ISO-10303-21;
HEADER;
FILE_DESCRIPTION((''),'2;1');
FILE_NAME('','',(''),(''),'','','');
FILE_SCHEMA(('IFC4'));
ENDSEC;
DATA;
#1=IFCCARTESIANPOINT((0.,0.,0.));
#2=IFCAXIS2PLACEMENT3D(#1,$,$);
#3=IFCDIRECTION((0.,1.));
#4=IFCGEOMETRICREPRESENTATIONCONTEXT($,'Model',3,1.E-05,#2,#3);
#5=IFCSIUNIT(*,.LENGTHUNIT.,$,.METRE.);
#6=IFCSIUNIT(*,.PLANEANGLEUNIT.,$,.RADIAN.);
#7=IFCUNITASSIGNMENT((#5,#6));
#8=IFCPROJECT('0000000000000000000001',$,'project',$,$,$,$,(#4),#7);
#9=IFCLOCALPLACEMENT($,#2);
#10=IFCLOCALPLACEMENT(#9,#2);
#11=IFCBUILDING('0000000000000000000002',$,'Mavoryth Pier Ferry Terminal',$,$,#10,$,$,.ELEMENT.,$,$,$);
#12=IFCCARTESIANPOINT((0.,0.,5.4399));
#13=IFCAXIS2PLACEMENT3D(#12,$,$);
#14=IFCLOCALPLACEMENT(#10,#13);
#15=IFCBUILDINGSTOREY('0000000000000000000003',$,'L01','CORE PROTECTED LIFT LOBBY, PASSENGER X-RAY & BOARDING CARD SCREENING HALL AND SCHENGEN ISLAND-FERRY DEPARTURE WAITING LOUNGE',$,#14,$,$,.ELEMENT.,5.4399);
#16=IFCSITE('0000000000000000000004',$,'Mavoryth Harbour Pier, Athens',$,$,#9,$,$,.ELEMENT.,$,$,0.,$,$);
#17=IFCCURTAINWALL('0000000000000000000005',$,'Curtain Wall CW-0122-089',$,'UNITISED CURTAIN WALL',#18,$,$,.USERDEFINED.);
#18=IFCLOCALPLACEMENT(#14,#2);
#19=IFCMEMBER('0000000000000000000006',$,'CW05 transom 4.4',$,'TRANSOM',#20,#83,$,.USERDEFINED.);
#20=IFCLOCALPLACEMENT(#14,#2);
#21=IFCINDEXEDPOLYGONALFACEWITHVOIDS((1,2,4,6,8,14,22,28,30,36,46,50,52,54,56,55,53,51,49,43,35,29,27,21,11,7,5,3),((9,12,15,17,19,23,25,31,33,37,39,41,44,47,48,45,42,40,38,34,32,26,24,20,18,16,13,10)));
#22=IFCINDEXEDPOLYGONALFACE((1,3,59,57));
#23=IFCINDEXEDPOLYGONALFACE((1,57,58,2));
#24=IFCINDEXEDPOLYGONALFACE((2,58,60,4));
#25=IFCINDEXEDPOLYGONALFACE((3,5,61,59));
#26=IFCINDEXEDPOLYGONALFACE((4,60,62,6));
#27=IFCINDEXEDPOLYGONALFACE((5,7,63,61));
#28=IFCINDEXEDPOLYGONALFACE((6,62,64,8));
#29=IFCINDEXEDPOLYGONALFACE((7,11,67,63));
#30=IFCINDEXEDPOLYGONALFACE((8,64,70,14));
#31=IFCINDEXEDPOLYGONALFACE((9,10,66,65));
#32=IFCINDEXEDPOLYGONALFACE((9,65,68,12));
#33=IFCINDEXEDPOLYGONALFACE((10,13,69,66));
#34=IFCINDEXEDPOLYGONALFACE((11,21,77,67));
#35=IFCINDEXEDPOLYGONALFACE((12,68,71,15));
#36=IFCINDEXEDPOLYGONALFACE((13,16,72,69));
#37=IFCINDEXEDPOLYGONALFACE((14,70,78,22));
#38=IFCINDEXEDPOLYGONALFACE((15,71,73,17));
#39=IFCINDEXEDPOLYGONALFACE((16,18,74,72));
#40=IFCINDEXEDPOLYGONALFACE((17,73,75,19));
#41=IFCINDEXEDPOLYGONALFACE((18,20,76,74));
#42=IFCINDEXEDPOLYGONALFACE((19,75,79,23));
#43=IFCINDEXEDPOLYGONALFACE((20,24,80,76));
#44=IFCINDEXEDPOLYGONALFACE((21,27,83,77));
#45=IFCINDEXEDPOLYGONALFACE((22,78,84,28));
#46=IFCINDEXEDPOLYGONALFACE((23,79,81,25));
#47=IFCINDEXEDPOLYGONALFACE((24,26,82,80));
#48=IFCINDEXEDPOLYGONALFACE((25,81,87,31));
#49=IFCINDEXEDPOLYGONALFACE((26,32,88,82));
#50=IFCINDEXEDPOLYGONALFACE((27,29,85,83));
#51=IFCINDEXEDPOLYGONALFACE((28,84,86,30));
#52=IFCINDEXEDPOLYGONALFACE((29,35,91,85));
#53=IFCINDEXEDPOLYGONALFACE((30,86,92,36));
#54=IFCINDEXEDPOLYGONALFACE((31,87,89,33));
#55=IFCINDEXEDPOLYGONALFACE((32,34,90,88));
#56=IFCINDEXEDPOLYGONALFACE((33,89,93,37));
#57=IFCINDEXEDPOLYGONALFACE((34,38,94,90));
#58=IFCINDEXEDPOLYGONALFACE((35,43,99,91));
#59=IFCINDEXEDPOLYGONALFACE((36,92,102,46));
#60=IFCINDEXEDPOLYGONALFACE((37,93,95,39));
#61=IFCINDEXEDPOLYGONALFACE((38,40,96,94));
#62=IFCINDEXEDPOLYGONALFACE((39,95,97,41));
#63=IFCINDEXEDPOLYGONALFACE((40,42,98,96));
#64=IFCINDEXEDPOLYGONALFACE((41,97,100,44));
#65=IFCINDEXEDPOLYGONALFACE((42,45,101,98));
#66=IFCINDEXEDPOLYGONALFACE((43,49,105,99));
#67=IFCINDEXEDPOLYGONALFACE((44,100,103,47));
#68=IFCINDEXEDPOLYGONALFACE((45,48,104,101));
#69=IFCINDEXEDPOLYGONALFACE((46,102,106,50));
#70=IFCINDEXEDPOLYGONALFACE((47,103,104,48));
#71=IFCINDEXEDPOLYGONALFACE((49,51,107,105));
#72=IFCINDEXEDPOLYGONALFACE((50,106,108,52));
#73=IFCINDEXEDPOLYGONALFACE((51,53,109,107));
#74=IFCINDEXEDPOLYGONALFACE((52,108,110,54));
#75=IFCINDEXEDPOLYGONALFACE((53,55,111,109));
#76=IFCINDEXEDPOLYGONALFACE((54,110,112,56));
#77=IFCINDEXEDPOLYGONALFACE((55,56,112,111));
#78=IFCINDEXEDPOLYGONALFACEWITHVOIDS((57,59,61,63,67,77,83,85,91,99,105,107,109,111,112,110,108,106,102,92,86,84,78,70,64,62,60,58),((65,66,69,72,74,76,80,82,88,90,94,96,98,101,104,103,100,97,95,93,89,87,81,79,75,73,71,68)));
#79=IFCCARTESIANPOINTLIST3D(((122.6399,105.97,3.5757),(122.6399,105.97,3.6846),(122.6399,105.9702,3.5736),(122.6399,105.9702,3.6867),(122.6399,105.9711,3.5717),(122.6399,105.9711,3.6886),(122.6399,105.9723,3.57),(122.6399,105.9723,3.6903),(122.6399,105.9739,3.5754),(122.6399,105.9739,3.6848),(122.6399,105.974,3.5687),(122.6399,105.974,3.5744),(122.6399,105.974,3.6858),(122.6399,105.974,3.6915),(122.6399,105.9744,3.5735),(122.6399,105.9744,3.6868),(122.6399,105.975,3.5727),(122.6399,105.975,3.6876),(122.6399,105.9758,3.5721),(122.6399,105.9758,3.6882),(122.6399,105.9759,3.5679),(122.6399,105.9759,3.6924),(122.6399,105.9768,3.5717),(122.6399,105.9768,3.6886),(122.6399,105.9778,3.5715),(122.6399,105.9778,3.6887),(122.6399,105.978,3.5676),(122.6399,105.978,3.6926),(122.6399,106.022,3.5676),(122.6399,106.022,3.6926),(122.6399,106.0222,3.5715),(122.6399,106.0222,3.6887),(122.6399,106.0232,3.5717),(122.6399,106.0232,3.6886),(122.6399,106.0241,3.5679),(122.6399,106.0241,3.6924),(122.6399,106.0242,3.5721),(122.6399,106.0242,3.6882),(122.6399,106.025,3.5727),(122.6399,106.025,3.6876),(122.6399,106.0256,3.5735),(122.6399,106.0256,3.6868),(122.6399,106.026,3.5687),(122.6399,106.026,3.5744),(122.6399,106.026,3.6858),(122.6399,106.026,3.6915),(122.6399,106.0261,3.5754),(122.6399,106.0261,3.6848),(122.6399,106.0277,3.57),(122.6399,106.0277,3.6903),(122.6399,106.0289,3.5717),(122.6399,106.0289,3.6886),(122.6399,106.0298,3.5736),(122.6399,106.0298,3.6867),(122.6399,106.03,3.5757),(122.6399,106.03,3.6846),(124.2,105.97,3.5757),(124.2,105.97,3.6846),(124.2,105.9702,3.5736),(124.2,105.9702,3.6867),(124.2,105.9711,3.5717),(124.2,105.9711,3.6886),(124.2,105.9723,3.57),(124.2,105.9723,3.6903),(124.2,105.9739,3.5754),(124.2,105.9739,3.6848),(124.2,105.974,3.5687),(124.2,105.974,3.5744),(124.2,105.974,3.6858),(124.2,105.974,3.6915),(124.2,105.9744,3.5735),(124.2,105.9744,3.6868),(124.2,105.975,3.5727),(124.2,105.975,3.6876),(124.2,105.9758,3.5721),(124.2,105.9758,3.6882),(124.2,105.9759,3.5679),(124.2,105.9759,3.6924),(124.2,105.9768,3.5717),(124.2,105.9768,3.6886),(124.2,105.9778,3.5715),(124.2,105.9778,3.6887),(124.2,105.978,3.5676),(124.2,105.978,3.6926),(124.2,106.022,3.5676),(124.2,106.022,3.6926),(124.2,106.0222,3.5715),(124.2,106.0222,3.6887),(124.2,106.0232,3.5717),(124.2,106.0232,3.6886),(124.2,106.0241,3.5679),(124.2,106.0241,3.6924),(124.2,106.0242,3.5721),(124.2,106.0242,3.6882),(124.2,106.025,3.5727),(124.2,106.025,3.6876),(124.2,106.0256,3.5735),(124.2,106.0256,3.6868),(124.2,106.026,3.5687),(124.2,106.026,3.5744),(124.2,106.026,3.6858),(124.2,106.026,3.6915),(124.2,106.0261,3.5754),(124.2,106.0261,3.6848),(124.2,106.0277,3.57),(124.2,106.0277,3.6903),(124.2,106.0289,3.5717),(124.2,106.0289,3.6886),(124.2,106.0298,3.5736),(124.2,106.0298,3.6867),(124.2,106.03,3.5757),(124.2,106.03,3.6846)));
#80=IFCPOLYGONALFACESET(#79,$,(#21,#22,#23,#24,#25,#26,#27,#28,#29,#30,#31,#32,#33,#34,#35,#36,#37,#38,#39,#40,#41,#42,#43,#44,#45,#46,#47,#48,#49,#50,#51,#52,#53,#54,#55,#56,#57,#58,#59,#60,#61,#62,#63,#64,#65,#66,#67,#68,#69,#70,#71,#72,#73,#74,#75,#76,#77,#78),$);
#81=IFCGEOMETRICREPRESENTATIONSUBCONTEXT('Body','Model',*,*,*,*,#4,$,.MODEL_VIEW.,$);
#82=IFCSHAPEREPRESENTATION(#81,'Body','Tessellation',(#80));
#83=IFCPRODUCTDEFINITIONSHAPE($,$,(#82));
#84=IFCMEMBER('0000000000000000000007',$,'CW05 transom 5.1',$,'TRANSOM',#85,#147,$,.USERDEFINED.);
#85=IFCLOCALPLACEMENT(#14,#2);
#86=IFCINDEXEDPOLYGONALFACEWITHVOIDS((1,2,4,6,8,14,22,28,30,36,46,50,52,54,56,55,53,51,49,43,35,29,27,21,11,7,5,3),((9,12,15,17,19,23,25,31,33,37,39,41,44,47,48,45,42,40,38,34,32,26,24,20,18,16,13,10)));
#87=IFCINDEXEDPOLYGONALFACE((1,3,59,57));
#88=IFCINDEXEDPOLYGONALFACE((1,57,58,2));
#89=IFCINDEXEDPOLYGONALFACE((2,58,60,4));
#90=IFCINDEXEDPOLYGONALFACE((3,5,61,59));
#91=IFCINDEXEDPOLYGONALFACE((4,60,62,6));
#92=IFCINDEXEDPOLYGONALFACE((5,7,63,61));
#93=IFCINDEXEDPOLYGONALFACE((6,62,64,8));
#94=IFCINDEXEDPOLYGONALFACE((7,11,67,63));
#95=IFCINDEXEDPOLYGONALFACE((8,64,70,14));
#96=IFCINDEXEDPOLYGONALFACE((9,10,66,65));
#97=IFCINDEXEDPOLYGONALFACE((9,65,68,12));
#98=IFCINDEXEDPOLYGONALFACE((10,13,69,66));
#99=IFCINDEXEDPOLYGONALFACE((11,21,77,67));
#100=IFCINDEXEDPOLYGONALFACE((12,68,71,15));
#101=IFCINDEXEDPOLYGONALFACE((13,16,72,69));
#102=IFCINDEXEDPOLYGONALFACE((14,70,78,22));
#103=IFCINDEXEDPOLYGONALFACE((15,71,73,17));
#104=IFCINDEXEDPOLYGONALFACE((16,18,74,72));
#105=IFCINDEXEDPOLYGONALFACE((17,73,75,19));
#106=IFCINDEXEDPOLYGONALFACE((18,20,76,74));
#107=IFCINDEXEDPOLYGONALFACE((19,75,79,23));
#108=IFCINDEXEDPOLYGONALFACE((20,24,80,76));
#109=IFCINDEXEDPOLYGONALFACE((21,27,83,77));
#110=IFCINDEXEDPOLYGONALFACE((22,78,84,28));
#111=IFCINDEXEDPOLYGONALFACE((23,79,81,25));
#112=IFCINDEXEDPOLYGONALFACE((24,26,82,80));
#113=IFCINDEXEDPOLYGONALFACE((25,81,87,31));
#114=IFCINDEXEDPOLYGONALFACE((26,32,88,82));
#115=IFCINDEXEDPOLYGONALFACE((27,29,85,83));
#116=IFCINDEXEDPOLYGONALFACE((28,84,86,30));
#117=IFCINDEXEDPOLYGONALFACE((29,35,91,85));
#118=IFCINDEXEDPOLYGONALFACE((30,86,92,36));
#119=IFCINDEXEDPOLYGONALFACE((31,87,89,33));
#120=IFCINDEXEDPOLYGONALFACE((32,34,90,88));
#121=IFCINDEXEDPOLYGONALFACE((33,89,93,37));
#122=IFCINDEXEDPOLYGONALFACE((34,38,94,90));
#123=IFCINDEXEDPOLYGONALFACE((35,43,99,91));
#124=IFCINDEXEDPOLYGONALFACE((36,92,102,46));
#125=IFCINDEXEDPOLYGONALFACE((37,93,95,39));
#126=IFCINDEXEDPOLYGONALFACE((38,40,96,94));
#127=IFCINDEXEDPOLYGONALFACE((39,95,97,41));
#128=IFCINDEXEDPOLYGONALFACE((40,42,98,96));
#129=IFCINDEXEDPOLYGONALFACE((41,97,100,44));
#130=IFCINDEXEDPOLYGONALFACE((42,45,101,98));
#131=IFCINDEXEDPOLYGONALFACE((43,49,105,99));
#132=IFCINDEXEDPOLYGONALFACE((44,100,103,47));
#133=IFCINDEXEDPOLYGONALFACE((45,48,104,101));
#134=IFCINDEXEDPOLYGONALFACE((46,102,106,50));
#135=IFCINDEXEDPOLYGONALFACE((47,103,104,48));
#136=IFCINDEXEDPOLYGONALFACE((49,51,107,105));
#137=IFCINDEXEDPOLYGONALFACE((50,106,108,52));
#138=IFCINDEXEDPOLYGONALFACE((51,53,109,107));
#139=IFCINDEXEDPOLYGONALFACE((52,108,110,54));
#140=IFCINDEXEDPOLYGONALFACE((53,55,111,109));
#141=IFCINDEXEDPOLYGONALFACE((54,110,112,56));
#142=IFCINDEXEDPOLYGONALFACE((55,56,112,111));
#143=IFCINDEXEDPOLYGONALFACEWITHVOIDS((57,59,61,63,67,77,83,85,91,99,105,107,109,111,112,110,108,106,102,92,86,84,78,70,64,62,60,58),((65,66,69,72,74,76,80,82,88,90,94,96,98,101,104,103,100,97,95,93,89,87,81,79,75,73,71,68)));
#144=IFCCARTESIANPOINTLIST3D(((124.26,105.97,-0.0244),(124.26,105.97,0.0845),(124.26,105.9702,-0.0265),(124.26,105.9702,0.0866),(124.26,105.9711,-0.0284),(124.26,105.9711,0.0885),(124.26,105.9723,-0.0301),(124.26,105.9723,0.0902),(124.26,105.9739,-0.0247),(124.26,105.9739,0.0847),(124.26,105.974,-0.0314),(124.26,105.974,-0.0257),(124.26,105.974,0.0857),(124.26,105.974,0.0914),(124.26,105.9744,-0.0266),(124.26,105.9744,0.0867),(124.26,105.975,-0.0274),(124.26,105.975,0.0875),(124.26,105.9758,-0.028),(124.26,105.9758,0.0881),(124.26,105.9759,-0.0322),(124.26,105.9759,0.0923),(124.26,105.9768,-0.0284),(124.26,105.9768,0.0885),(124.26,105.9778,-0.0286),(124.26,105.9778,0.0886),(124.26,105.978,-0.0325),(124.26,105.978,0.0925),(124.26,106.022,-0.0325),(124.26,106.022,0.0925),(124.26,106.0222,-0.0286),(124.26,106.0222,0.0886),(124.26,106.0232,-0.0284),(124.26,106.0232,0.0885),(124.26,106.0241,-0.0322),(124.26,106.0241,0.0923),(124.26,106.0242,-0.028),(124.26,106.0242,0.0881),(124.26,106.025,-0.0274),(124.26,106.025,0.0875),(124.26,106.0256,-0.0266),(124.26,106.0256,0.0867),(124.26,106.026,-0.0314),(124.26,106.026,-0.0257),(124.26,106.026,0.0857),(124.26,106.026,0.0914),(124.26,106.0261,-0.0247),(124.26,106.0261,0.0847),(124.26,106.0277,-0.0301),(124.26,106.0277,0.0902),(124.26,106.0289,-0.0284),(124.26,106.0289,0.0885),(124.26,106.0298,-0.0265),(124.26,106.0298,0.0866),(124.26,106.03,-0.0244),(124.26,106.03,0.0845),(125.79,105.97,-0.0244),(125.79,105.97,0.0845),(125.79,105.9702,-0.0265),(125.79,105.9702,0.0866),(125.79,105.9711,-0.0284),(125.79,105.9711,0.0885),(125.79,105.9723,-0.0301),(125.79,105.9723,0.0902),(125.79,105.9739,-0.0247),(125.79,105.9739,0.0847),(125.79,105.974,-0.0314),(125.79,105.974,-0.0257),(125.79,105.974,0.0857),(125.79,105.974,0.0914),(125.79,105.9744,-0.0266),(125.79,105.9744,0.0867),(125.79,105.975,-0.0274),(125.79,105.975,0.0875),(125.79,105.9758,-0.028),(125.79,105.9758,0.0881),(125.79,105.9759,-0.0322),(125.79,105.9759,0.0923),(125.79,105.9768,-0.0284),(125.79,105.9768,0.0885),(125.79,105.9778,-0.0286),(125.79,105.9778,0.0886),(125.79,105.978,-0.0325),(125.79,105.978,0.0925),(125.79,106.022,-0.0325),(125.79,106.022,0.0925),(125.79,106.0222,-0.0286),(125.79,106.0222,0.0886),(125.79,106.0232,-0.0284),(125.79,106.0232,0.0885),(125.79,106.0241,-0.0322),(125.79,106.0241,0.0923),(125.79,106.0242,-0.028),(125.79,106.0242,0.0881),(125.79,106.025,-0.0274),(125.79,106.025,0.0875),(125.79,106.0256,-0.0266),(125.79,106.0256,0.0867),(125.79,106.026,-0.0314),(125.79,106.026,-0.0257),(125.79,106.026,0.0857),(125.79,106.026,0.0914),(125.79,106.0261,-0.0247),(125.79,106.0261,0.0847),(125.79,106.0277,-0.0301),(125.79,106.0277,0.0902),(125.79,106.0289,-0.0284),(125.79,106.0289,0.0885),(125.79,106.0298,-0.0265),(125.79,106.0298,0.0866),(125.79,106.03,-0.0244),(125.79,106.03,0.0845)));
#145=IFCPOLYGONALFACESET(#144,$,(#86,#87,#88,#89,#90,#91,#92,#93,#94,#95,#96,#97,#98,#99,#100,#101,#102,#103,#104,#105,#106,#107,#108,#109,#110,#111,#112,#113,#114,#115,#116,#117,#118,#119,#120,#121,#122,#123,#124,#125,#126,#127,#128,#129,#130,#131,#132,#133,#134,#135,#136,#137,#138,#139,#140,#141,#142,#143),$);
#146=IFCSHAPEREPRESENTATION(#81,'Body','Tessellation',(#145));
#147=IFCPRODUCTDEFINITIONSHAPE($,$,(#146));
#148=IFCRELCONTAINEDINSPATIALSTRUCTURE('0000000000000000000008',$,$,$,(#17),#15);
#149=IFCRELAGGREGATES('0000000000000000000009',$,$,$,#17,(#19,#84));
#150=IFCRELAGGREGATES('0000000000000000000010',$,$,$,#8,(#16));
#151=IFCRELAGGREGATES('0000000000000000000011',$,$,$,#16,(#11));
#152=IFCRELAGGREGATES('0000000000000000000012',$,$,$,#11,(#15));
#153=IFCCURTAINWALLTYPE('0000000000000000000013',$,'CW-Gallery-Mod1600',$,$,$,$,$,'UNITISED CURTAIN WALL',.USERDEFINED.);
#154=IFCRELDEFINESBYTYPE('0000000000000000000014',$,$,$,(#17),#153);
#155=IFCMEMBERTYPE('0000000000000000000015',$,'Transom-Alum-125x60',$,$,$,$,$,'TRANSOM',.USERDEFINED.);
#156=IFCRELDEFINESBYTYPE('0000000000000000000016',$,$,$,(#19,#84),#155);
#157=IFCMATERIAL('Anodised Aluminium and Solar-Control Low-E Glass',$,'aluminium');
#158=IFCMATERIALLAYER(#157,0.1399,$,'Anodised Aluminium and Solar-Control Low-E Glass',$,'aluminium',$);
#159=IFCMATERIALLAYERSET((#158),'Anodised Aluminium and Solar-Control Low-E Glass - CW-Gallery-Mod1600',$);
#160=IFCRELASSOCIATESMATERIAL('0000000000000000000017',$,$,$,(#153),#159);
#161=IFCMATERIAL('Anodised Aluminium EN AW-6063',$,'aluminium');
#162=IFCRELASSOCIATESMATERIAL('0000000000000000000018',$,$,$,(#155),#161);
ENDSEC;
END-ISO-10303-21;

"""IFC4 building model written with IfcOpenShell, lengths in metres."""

from ifc_helpers import new_model, si_unit, direction, frame, origin, origin_2d, place, context, subcontext, project, spatial, hollow_rectangle, extrude, material, layer, layer_set, material_profile, profile_set, type_object, element, aggregate, save


model = new_model("IFC4")

# Units and contexts
model_context = context("Model", 3, precision=1e-05, world=origin(), true_north=direction((0.0, 1.0)))
body_context = subcontext(model_context, "Body", "Model", "MODEL_VIEW")
ifc_project = project(units=[si_unit("LENGTHUNIT", "METRE"), si_unit("PLANEANGLEUNIT", "RADIAN")], contexts=[model_context])

# Site, building, storey
site_placement = place(None, origin())
site = spatial("IfcSite", under=ifc_project, at=site_placement, Name="Mavoryth Harbour Pier, Athens", CompositionType="ELEMENT", RefElevation=0.0)
building_placement = place(site_placement, origin())
building = spatial("IfcBuilding", under=site, at=building_placement, Name="Mavoryth Pier Ferry Terminal", CompositionType="ELEMENT")
storey_placement = place(building_placement, frame((0.0, 0.0, 5.4399)))
storey = spatial("IfcBuildingStorey", under=building, at=storey_placement, Name="L01", Description="CORE PROTECTED LIFT LOBBY, PASSENGER X-RAY & BOARDING CARD SCREENING HALL AND SCHENGEN ISLAND-FERRY DEPARTURE WAITING LOUNGE", CompositionType="ELEMENT", Elevation=5.4399)

# Curtain wall, members
ifc_material_1 = material(Name="Anodised Aluminium and Solar-Control Low-E Glass", Category="aluminium")
ifc_layer_1 = layer(ifc_material_1, 0.1399, Name="Anodised Aluminium and Solar-Control Low-E Glass", Category="aluminium")
ifc_layer_set_1 = layer_set([ifc_layer_1], Name="Anodised Aluminium and Solar-Control Low-E Glass - CW-Gallery-Mod1600")
curtain_wall_type = type_object("IfcCurtainWallType", Name="CW-Gallery-Mod1600", ElementType="UNITISED CURTAIN WALL", PredefinedType="USERDEFINED", material=ifc_layer_set_1)
curtain_wall_1_placement = place(storey_placement, origin())
curtain_wall_1 = element("IfcCurtainWall", 1, at=curtain_wall_1_placement, inside=storey, type_object=curtain_wall_type, Name="Curtain Wall CW-0122-089", ObjectType="UNITISED CURTAIN WALL", PredefinedType="USERDEFINED")
ifc_material_2 = material(Name="Anodised Aluminium EN AW-6063", Category="aluminium")
ifc_material_profile_1 = material_profile(ifc_material_2, hollow_rectangle(XDim=0.0601, YDim=0.125, WallThickness=0.0039, InnerFilletRadius=0.0039, OuterFilletRadius=0.0081, at=origin_2d()), Name="AL-TRAN 125x60x4", Category="aluminium")
ifc_profile_set_1 = profile_set([ifc_material_profile_1], Name="Anodised Aluminium EN AW-6063 - AL-TRAN 125x60x4")
member_type_1 = type_object("IfcMemberType", Name="Transom-Alum-125x60", ElementType="TRANSOM", PredefinedType="USERDEFINED", material=ifc_profile_set_1)
member_1_placement = place(storey_placement, frame((122.6399, 106.0, 3.6301), z_axis=(1.0, 0.0, 0.0), x_axis=(0.0, 1.0, 0.0)))
member_1 = element("IfcMember", 2, at=member_1_placement, type_object=member_type_1, Name="CW05 transom 4.4", ObjectType="TRANSOM", PredefinedType="USERDEFINED", context=body_context, shape_type="SweptSolid", body=[
    extrude(hollow_rectangle(XDim=0.0601, YDim=0.125, WallThickness=0.0039, InnerFilletRadius=0.0039, OuterFilletRadius=0.0081, at=origin_2d()), origin(), (0.0, 0.0, 1.0), 1.5601),
])
member_2_placement = place(storey_placement, frame((124.26, 106.0, 0.03), z_axis=(1.0, 0.0, 0.0), x_axis=(0.0, 1.0, 0.0)))
member_2 = element("IfcMember", 3, at=member_2_placement, type_object=member_type_1, Name="CW05 transom 5.1", ObjectType="TRANSOM", PredefinedType="USERDEFINED", context=body_context, shape_type="SweptSolid", body=[
    extrude(hollow_rectangle(XDim=0.0601, YDim=0.125, WallThickness=0.0039, InnerFilletRadius=0.0039, OuterFilletRadius=0.0081, at=origin_2d()), origin(), (0.0, 0.0, 1.0), 1.53),
])

aggregate(curtain_wall_1, [member_1, member_2])

save(model, "model.ifc")
